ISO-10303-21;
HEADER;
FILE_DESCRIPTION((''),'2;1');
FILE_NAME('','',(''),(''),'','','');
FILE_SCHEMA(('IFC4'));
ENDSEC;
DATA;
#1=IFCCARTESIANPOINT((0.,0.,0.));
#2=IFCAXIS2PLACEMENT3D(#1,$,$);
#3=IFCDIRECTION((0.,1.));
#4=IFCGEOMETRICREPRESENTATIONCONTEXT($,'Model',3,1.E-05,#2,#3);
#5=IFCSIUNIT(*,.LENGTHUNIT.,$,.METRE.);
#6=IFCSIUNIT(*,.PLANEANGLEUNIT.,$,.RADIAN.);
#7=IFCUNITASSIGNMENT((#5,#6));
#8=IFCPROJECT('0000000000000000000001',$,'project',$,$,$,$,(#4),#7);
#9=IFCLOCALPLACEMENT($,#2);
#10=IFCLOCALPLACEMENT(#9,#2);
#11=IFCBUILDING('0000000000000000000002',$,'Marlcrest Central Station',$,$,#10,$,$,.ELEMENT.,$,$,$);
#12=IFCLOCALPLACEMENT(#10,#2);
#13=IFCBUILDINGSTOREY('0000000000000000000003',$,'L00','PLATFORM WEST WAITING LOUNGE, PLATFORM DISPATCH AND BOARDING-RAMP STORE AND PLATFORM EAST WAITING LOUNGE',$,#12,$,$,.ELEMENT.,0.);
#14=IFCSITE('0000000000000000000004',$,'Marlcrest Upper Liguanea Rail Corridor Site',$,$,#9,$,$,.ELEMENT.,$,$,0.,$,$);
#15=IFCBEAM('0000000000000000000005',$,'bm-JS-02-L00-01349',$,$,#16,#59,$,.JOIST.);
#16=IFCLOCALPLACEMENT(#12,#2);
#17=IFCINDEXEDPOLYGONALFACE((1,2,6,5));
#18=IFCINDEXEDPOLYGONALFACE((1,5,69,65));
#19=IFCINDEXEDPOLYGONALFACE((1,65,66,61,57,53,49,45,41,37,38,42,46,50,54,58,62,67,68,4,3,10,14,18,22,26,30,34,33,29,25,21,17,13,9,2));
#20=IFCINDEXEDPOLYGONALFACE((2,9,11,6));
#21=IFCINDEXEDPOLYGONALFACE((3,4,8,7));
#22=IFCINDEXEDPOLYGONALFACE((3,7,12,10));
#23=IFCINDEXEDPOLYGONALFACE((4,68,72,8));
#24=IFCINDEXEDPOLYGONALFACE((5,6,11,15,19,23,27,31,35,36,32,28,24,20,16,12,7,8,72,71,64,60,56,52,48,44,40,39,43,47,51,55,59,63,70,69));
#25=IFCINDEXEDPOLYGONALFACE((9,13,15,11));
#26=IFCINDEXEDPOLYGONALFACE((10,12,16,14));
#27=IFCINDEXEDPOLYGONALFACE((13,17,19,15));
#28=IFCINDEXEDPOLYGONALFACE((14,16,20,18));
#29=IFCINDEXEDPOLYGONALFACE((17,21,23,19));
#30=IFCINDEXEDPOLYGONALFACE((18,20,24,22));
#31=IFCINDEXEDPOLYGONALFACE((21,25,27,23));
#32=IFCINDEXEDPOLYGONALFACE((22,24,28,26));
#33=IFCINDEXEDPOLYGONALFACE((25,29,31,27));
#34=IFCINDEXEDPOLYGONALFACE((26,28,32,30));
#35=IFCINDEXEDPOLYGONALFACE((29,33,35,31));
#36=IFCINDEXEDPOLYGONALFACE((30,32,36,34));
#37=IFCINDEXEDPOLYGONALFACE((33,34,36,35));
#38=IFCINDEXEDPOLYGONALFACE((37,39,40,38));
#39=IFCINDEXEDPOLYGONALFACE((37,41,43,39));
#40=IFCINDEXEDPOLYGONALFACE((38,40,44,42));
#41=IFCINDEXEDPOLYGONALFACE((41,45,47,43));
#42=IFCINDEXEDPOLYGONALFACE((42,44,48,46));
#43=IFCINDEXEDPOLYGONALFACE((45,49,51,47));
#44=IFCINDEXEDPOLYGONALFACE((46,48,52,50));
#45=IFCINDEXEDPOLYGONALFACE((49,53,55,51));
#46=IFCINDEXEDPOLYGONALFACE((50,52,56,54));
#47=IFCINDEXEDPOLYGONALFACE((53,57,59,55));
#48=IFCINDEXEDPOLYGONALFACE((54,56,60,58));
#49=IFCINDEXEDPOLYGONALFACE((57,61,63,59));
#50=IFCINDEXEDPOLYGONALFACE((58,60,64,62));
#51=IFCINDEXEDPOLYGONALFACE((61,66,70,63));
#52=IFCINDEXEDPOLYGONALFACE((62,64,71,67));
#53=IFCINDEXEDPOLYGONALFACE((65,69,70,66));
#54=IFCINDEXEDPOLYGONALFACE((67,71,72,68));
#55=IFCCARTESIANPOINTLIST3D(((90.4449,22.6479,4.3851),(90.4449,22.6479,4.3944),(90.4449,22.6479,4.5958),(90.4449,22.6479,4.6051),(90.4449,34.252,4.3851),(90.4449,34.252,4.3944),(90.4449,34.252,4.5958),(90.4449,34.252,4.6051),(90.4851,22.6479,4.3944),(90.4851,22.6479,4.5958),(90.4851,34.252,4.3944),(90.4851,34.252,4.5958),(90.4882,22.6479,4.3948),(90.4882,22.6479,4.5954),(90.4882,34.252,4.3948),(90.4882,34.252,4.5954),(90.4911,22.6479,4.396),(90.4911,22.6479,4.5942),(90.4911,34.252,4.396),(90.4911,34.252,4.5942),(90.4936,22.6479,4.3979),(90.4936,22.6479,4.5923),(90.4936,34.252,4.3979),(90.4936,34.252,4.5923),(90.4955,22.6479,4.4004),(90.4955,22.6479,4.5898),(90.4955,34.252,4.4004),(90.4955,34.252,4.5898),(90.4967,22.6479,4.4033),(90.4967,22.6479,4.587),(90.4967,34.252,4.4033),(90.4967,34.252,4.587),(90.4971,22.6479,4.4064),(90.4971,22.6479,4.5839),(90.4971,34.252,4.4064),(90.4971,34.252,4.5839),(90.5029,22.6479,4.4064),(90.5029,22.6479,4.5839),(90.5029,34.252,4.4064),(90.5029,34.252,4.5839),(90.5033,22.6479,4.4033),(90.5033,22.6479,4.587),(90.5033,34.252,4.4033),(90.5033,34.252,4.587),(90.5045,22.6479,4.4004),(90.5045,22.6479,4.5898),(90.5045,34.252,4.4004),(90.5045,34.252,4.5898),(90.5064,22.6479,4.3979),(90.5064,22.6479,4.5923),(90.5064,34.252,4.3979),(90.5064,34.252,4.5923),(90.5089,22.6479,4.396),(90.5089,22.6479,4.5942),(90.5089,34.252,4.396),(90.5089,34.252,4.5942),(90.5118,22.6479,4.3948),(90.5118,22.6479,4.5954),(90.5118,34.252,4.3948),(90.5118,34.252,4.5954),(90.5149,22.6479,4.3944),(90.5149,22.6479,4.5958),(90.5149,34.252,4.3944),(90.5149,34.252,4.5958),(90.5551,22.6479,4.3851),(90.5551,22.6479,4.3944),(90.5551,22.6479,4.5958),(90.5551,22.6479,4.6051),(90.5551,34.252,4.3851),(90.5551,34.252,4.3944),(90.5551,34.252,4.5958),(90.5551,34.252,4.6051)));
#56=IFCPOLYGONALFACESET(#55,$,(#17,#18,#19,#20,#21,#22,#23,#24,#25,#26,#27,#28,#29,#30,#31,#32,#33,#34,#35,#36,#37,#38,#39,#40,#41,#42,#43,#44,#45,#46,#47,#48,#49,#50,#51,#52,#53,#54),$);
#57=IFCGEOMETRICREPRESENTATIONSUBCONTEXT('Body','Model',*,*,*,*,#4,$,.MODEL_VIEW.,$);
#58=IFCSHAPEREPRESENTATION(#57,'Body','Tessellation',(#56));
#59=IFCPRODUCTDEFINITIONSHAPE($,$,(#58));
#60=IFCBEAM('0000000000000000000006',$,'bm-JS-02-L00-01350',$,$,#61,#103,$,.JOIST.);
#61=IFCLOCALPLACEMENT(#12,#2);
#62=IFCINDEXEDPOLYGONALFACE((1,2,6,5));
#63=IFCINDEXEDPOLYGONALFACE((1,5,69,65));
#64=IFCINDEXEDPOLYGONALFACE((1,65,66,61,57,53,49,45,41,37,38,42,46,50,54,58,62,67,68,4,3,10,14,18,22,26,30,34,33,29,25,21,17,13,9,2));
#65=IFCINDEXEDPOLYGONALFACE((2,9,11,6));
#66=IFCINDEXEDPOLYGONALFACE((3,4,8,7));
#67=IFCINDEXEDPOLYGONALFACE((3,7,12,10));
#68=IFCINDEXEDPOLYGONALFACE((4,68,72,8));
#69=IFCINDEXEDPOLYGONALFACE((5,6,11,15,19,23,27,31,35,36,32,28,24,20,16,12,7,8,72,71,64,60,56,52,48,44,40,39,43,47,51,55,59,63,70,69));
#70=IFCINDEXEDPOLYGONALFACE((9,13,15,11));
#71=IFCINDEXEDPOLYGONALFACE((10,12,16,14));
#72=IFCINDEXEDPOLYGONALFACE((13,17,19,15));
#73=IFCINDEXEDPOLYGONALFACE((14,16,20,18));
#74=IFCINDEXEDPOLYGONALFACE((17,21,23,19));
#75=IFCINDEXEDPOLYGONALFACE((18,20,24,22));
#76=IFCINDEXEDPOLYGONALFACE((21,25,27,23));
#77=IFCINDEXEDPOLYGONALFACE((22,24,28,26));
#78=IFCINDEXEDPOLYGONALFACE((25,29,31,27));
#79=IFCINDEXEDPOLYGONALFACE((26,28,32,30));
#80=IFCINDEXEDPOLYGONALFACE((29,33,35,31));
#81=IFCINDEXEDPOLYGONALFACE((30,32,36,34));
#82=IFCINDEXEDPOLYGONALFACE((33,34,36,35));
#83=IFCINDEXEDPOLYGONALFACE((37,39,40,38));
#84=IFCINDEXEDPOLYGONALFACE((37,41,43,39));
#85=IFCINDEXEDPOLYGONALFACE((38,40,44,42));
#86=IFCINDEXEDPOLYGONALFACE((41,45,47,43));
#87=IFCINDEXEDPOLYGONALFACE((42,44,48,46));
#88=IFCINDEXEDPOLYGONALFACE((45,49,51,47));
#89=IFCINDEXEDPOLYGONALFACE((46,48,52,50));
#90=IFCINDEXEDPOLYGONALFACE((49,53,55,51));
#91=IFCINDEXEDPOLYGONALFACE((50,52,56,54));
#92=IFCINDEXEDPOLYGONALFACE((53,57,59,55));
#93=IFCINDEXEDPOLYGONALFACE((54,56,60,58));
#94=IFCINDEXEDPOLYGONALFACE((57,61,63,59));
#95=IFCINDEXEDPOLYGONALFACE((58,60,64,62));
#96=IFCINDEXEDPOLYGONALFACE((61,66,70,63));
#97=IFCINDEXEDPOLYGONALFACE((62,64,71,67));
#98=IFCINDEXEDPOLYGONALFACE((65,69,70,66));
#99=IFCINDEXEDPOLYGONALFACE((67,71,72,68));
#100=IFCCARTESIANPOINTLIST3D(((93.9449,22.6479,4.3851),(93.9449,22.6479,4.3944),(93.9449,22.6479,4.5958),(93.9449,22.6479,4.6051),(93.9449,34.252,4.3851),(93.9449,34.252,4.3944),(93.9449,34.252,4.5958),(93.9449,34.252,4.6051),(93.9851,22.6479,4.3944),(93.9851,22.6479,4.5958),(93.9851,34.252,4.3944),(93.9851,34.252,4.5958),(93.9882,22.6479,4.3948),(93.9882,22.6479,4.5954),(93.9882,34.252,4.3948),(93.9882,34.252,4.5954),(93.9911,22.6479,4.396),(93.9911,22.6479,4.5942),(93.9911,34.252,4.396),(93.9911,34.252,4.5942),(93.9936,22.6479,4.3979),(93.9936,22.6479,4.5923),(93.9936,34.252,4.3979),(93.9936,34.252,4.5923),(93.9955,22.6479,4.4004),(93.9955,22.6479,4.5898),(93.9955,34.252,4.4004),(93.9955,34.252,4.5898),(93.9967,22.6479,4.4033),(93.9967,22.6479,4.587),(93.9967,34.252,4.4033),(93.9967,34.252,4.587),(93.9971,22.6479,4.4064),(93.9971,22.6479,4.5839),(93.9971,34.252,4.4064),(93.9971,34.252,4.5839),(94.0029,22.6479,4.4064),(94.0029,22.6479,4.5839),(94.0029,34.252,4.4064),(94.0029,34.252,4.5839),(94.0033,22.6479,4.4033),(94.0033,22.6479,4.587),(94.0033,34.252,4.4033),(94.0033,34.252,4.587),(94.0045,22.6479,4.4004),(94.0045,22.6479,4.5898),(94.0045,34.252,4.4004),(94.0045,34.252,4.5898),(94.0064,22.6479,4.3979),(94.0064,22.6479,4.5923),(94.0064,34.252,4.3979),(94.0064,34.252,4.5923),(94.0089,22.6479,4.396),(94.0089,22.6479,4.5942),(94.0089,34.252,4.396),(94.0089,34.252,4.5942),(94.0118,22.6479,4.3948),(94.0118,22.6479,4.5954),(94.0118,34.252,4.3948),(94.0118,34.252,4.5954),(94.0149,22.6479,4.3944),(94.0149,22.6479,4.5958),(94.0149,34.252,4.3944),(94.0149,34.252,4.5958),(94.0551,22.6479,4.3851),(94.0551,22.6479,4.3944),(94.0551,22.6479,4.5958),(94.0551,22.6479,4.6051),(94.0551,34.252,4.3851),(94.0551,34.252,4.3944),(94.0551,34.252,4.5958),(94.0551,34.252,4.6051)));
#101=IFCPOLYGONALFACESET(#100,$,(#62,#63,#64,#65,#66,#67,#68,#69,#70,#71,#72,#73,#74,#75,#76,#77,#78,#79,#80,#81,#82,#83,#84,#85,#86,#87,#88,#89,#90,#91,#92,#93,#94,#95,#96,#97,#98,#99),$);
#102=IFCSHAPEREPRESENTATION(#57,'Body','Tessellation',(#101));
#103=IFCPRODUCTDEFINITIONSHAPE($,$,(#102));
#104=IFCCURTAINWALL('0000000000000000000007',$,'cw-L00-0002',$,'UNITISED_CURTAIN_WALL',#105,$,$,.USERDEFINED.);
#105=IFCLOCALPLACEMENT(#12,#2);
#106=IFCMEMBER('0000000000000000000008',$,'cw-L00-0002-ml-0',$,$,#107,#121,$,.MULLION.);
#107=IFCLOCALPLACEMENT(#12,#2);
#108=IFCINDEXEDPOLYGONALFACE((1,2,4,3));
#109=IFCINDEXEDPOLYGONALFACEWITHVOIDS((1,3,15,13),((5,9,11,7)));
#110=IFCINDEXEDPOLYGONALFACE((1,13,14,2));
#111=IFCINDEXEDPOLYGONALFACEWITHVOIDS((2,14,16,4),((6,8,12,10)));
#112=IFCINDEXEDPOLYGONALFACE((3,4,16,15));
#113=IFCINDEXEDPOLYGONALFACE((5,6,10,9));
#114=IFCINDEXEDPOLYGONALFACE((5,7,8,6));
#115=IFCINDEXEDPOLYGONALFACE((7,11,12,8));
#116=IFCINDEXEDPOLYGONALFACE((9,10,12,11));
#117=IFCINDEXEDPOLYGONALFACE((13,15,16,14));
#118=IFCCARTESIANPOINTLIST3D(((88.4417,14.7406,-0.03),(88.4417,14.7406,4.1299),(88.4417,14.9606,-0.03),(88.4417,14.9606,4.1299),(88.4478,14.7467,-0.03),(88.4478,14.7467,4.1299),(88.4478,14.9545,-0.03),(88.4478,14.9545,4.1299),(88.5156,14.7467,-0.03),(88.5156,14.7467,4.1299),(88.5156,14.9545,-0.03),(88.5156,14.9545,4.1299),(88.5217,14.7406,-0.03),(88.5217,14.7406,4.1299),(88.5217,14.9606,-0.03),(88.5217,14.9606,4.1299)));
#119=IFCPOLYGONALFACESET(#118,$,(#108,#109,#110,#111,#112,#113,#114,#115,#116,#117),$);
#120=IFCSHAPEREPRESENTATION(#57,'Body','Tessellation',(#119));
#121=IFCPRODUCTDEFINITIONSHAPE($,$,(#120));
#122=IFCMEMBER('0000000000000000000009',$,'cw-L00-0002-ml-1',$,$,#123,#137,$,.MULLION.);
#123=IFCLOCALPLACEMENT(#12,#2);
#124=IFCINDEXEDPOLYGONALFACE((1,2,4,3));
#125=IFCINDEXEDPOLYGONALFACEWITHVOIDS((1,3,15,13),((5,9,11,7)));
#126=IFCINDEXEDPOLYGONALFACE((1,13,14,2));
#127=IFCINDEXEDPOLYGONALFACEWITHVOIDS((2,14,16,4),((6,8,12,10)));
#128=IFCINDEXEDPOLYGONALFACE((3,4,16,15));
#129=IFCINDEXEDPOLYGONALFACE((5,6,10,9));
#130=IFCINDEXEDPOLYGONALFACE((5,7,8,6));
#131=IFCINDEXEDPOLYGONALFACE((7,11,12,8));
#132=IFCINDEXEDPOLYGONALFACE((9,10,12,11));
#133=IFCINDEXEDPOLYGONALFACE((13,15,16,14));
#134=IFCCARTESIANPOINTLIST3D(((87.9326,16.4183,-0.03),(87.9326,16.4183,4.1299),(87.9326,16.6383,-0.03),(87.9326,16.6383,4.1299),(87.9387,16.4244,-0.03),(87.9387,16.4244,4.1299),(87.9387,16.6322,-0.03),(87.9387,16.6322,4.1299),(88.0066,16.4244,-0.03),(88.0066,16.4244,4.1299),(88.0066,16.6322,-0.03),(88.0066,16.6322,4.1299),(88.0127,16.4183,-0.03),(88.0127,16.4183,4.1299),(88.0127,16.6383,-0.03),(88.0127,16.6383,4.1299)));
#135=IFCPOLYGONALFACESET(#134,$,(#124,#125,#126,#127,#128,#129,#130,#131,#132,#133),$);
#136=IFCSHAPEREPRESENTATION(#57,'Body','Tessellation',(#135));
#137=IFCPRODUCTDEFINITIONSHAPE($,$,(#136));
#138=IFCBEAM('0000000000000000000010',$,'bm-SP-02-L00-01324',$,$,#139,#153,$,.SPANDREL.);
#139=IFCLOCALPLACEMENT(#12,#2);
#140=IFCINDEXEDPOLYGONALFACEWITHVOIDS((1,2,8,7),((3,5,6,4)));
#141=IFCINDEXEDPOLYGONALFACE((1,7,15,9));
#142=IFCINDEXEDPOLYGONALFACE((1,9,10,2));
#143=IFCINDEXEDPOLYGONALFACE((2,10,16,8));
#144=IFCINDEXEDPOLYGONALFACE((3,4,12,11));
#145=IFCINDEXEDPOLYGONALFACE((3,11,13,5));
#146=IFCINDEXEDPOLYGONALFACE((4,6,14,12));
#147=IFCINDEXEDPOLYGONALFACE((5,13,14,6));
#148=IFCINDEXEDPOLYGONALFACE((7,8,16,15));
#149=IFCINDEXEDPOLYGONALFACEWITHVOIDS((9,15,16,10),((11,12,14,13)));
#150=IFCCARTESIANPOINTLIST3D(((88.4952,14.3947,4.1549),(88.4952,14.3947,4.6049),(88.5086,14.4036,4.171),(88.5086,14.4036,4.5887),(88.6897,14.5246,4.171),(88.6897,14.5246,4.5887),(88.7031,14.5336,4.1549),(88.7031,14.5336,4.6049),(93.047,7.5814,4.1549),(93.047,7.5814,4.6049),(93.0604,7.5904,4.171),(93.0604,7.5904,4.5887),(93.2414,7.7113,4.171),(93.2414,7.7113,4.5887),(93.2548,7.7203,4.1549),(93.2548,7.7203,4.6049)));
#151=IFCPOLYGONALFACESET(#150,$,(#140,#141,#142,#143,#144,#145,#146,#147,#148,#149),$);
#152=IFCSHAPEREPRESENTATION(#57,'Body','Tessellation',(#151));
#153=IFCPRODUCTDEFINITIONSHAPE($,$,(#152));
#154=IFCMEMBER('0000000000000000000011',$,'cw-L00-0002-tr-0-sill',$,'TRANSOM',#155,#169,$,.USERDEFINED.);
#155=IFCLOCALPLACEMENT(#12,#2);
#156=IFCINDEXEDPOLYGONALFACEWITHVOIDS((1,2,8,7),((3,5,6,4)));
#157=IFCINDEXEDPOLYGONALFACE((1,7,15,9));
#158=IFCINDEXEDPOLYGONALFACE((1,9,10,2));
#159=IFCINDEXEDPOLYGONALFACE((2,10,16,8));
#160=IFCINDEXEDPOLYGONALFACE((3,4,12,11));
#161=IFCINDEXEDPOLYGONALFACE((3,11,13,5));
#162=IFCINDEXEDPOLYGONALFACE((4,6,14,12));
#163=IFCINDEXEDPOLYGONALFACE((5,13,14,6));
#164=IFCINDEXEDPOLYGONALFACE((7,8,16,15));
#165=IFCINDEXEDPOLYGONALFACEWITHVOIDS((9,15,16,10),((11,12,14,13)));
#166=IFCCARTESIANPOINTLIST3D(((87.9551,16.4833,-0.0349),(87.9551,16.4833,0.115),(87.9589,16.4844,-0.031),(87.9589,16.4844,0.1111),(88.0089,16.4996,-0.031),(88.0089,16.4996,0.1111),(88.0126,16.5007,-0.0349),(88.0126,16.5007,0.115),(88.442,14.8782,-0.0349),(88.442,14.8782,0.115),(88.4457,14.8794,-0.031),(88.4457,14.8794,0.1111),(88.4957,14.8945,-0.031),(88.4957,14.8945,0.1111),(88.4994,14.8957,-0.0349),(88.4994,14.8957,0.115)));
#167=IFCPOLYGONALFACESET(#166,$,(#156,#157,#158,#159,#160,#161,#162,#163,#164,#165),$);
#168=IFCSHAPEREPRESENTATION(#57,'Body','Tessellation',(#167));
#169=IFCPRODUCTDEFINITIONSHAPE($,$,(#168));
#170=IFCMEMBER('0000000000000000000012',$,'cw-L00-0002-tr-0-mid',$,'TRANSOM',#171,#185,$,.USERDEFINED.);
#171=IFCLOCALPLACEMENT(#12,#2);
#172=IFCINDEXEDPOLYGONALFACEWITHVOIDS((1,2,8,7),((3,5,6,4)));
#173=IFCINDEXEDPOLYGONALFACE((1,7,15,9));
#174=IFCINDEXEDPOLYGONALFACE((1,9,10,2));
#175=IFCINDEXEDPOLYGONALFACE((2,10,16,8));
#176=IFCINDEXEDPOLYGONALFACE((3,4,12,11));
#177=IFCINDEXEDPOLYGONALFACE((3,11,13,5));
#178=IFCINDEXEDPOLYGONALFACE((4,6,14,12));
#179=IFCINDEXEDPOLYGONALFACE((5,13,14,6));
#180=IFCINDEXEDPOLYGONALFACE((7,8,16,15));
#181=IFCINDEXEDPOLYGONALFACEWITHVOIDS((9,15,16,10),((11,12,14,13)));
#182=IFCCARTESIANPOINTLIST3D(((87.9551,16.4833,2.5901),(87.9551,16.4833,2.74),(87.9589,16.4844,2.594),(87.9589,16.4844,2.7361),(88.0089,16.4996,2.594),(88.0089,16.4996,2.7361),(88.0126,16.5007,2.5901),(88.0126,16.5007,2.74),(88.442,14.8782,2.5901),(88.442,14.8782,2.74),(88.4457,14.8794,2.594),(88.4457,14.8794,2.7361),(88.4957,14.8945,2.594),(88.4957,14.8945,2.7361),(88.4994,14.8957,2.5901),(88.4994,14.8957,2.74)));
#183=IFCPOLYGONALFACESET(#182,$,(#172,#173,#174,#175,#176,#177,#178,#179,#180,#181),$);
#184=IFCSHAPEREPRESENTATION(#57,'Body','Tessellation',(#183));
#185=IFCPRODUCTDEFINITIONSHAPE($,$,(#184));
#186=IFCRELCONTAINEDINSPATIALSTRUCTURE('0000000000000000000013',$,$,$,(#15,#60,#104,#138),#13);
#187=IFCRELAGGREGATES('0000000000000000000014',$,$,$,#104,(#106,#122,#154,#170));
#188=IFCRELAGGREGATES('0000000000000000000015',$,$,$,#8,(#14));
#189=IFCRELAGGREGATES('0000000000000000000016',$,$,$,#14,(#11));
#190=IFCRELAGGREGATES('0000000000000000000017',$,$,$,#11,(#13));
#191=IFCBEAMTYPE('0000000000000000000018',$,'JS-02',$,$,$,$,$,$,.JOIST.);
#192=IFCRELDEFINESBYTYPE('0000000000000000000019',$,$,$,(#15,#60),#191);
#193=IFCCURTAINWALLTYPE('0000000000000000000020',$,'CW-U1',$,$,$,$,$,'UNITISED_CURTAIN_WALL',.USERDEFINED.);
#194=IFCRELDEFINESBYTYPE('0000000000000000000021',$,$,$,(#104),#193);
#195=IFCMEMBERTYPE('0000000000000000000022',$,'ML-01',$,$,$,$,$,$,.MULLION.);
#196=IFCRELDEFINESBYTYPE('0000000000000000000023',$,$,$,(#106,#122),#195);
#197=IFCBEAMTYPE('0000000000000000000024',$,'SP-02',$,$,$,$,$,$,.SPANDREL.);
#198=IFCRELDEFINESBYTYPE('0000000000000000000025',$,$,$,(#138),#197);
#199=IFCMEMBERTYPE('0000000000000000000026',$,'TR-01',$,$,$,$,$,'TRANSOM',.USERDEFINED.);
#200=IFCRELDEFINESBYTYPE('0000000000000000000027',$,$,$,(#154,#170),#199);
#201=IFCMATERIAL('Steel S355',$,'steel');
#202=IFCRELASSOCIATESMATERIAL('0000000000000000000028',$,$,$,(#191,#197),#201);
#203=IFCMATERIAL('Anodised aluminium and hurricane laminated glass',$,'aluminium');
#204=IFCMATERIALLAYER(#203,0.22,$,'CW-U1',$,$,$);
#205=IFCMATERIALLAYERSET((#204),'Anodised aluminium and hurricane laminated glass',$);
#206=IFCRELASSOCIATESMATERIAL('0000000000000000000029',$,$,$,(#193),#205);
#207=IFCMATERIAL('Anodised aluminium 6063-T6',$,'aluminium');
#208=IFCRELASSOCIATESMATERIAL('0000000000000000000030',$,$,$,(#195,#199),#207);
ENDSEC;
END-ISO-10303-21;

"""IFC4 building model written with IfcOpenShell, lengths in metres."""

from ifc_helpers import new_model, si_unit, direction, frame, origin, origin_2d, place, context, subcontext, project, spatial, hollow_rectangle, i_section, extrude, material, layer, layer_set, material_profile, profile_set, type_object, element, aggregate, save


model = new_model("IFC4")

# Units and contexts
model_context = context("Model", 3, precision=1e-05, world=origin(), true_north=direction((0.0, 1.0)))
body_context = subcontext(model_context, "Body", "Model", "MODEL_VIEW")
ifc_project = project(units=[si_unit("LENGTHUNIT", "METRE"), si_unit("PLANEANGLEUNIT", "RADIAN")], contexts=[model_context])

# Site, building, storey
site_placement = place(None, origin())
site = spatial("IfcSite", under=ifc_project, at=site_placement, Name="Marlcrest Upper Liguanea Rail Corridor Site", CompositionType="ELEMENT", RefElevation=0.0)
building_placement = place(site_placement, origin())
building = spatial("IfcBuilding", under=site, at=building_placement, Name="Marlcrest Central Station", CompositionType="ELEMENT")
storey_placement = place(building_placement, origin())
storey = spatial("IfcBuildingStorey", under=building, at=storey_placement, Name="L00", Description="PLATFORM WEST WAITING LOUNGE, PLATFORM DISPATCH AND BOARDING-RAMP STORE AND PLATFORM EAST WAITING LOUNGE", CompositionType="ELEMENT", Elevation=0.0)

# Shared definitions
ifc_material_1 = material(Name="Steel S355", Category="steel")

# Beams
ifc_material_profile_1 = material_profile(ifc_material_1, i_section(OverallWidth=0.1101, OverallDepth=0.22, WebThickness=0.0059, FlangeThickness=0.0093, FilletRadius=0.012, at=origin_2d()), Name="IPE 220")
ifc_profile_set_1 = profile_set([ifc_material_profile_1], Name="Steel S355")
beam_type_1 = type_object("IfcBeamType", Name="JS-02", PredefinedType="JOIST", material=ifc_profile_set_1)
for number, where, z_axis, x_axis, name in (
    (1, (90.5, 22.6479, 4.4951), (0.0, 1.0, 0.0), (-1.0, 0.0, 0.0), "bm-JS-02-L00-01349"),
    (2, (94.0, 22.6479, 4.4951), (0.0, 1.0, 0.0), (-1.0, 0.0, 0.0), "bm-JS-02-L00-01350"),
):
    element("IfcBeam", number, at=place(storey_placement, frame(where, z_axis=z_axis, x_axis=x_axis)), inside=storey, type_object=beam_type_1, Name=name, PredefinedType="JOIST", context=body_context, shape_type="SweptSolid", body=[
        extrude(i_section(OverallWidth=0.1101, OverallDepth=0.22, WebThickness=0.0059, FlangeThickness=0.0093, FilletRadius=0.012, at=origin_2d()), origin(), (0.0, 0.0, 1.0), 11.604),
    ])

# Curtain wall, members
ifc_material_2 = material(Name="Anodised aluminium and hurricane laminated glass", Category="aluminium")
ifc_layer_1 = layer(ifc_material_2, 0.22, Name="CW-U1")
ifc_layer_set_1 = layer_set([ifc_layer_1], Name="Anodised aluminium and hurricane laminated glass")
curtain_wall_type = type_object("IfcCurtainWallType", Name="CW-U1", ElementType="UNITISED_CURTAIN_WALL", PredefinedType="USERDEFINED", material=ifc_layer_set_1)
curtain_wall_placement = place(storey_placement, origin())
curtain_wall = element("IfcCurtainWall", 3, at=curtain_wall_placement, inside=storey, type_object=curtain_wall_type, Name="cw-L00-0002", ObjectType="UNITISED_CURTAIN_WALL", PredefinedType="USERDEFINED")
ifc_material_3 = material(Name="Anodised aluminium 6063-T6", Category="aluminium")
ifc_material_profile_2 = material_profile(ifc_material_3, hollow_rectangle(XDim=0.0801, YDim=0.22, WallThickness=0.0061, at=origin_2d()), Name="AA-RHS 220x80x6")
ifc_profile_set_2 = profile_set([ifc_material_profile_2], Name="Anodised aluminium 6063-T6")
member_type_1 = type_object("IfcMemberType", Name="ML-01", PredefinedType="MULLION", material=ifc_profile_set_2)
member_1_placement = place(storey_placement, frame((88.4817, 14.8506, -0.03), z_axis=(0.0, 0.0, 1.0), x_axis=(1.0, 0.0, 0.0)))
member_1 = element("IfcMember", 4, at=member_1_placement, type_object=member_type_1, Name="cw-L00-0002-ml-0", PredefinedType="MULLION", context=body_context, shape_type="SweptSolid", body=[
    extrude(hollow_rectangle(XDim=0.0801, YDim=0.22, WallThickness=0.0061, at=origin_2d()), origin(), (0.0, 0.0, 1.0), 4.1599),
])
member_2_placement = place(storey_placement, frame((87.9727, 16.5283, -0.03), z_axis=(0.0, 0.0, 1.0), x_axis=(1.0, 0.0, 0.0)))
member_2 = element("IfcMember", 5, at=member_2_placement, type_object=member_type_1, Name="cw-L00-0002-ml-1", PredefinedType="MULLION", context=body_context, shape_type="SweptSolid", body=[
    extrude(hollow_rectangle(XDim=0.0801, YDim=0.22, WallThickness=0.0061, at=origin_2d()), origin(), (0.0, 0.0, 1.0), 4.1599),
])

# Beam
ifc_material_profile_3 = material_profile(ifc_material_1, hollow_rectangle(XDim=0.25, YDim=0.45, WallThickness=0.0161, at=origin_2d()), Name="RHS 450x250x16")
ifc_profile_set_3 = profile_set([ifc_material_profile_3], Name="Steel S355")
beam_type_2 = type_object("IfcBeamType", Name="SP-02", PredefinedType="SPANDREL", material=ifc_profile_set_3)
beam_1_placement = place(storey_placement, frame((88.5991, 14.4641, 4.3799), z_axis=(0.555511, -0.831509, 0.0), x_axis=(0.831509, 0.555511, 0.0)))
element("IfcBeam", 6, at=beam_1_placement, inside=storey, type_object=beam_type_2, Name="bm-SP-02-L00-01324", PredefinedType="SPANDREL", context=body_context, shape_type="SweptSolid", body=[
    extrude(hollow_rectangle(XDim=0.25, YDim=0.45, WallThickness=0.0161, at=origin_2d()), origin(), (0.0, 0.0, 1.0), 8.1938),
])

# Members
ifc_material_profile_4 = material_profile(ifc_material_3, hollow_rectangle(XDim=0.0601, YDim=0.1499, WallThickness=0.0039, at=origin_2d()), Name="AA-RHS 150x60x4")
ifc_profile_set_4 = profile_set([ifc_material_profile_4], Name="Anodised aluminium 6063-T6")
member_type_2 = type_object("IfcMemberType", Name="TR-01", ElementType="TRANSOM", PredefinedType="USERDEFINED", material=ifc_profile_set_4)
member_3_placement = place(storey_placement, frame((88.4707, 14.887, 0.04), z_axis=(-0.290258, 0.956948, 0.0), x_axis=(-0.956948, -0.290258, 0.0)))
member_3 = element("IfcMember", 7, at=member_3_placement, type_object=member_type_2, Name="cw-L00-0002-tr-0-sill", ObjectType="TRANSOM", PredefinedType="USERDEFINED", context=body_context, shape_type="SweptSolid", body=[
    extrude(hollow_rectangle(XDim=0.0601, YDim=0.1499, WallThickness=0.0039, at=origin_2d()), origin(), (0.0, 0.0, 1.0), 1.6772),
])
member_4_placement = place(storey_placement, frame((88.4707, 14.887, 2.665), z_axis=(-0.290258, 0.956948, 0.0), x_axis=(-0.956948, -0.290258, 0.0)))
member_4 = element("IfcMember", 8, at=member_4_placement, type_object=member_type_2, Name="cw-L00-0002-tr-0-mid", ObjectType="TRANSOM", PredefinedType="USERDEFINED", context=body_context, shape_type="SweptSolid", body=[
    extrude(hollow_rectangle(XDim=0.0601, YDim=0.1499, WallThickness=0.0039, at=origin_2d()), origin(), (0.0, 0.0, 1.0), 1.6772),
])

aggregate(curtain_wall, [member_1, member_2, member_3, member_4])

save(model, "model.ifc")
